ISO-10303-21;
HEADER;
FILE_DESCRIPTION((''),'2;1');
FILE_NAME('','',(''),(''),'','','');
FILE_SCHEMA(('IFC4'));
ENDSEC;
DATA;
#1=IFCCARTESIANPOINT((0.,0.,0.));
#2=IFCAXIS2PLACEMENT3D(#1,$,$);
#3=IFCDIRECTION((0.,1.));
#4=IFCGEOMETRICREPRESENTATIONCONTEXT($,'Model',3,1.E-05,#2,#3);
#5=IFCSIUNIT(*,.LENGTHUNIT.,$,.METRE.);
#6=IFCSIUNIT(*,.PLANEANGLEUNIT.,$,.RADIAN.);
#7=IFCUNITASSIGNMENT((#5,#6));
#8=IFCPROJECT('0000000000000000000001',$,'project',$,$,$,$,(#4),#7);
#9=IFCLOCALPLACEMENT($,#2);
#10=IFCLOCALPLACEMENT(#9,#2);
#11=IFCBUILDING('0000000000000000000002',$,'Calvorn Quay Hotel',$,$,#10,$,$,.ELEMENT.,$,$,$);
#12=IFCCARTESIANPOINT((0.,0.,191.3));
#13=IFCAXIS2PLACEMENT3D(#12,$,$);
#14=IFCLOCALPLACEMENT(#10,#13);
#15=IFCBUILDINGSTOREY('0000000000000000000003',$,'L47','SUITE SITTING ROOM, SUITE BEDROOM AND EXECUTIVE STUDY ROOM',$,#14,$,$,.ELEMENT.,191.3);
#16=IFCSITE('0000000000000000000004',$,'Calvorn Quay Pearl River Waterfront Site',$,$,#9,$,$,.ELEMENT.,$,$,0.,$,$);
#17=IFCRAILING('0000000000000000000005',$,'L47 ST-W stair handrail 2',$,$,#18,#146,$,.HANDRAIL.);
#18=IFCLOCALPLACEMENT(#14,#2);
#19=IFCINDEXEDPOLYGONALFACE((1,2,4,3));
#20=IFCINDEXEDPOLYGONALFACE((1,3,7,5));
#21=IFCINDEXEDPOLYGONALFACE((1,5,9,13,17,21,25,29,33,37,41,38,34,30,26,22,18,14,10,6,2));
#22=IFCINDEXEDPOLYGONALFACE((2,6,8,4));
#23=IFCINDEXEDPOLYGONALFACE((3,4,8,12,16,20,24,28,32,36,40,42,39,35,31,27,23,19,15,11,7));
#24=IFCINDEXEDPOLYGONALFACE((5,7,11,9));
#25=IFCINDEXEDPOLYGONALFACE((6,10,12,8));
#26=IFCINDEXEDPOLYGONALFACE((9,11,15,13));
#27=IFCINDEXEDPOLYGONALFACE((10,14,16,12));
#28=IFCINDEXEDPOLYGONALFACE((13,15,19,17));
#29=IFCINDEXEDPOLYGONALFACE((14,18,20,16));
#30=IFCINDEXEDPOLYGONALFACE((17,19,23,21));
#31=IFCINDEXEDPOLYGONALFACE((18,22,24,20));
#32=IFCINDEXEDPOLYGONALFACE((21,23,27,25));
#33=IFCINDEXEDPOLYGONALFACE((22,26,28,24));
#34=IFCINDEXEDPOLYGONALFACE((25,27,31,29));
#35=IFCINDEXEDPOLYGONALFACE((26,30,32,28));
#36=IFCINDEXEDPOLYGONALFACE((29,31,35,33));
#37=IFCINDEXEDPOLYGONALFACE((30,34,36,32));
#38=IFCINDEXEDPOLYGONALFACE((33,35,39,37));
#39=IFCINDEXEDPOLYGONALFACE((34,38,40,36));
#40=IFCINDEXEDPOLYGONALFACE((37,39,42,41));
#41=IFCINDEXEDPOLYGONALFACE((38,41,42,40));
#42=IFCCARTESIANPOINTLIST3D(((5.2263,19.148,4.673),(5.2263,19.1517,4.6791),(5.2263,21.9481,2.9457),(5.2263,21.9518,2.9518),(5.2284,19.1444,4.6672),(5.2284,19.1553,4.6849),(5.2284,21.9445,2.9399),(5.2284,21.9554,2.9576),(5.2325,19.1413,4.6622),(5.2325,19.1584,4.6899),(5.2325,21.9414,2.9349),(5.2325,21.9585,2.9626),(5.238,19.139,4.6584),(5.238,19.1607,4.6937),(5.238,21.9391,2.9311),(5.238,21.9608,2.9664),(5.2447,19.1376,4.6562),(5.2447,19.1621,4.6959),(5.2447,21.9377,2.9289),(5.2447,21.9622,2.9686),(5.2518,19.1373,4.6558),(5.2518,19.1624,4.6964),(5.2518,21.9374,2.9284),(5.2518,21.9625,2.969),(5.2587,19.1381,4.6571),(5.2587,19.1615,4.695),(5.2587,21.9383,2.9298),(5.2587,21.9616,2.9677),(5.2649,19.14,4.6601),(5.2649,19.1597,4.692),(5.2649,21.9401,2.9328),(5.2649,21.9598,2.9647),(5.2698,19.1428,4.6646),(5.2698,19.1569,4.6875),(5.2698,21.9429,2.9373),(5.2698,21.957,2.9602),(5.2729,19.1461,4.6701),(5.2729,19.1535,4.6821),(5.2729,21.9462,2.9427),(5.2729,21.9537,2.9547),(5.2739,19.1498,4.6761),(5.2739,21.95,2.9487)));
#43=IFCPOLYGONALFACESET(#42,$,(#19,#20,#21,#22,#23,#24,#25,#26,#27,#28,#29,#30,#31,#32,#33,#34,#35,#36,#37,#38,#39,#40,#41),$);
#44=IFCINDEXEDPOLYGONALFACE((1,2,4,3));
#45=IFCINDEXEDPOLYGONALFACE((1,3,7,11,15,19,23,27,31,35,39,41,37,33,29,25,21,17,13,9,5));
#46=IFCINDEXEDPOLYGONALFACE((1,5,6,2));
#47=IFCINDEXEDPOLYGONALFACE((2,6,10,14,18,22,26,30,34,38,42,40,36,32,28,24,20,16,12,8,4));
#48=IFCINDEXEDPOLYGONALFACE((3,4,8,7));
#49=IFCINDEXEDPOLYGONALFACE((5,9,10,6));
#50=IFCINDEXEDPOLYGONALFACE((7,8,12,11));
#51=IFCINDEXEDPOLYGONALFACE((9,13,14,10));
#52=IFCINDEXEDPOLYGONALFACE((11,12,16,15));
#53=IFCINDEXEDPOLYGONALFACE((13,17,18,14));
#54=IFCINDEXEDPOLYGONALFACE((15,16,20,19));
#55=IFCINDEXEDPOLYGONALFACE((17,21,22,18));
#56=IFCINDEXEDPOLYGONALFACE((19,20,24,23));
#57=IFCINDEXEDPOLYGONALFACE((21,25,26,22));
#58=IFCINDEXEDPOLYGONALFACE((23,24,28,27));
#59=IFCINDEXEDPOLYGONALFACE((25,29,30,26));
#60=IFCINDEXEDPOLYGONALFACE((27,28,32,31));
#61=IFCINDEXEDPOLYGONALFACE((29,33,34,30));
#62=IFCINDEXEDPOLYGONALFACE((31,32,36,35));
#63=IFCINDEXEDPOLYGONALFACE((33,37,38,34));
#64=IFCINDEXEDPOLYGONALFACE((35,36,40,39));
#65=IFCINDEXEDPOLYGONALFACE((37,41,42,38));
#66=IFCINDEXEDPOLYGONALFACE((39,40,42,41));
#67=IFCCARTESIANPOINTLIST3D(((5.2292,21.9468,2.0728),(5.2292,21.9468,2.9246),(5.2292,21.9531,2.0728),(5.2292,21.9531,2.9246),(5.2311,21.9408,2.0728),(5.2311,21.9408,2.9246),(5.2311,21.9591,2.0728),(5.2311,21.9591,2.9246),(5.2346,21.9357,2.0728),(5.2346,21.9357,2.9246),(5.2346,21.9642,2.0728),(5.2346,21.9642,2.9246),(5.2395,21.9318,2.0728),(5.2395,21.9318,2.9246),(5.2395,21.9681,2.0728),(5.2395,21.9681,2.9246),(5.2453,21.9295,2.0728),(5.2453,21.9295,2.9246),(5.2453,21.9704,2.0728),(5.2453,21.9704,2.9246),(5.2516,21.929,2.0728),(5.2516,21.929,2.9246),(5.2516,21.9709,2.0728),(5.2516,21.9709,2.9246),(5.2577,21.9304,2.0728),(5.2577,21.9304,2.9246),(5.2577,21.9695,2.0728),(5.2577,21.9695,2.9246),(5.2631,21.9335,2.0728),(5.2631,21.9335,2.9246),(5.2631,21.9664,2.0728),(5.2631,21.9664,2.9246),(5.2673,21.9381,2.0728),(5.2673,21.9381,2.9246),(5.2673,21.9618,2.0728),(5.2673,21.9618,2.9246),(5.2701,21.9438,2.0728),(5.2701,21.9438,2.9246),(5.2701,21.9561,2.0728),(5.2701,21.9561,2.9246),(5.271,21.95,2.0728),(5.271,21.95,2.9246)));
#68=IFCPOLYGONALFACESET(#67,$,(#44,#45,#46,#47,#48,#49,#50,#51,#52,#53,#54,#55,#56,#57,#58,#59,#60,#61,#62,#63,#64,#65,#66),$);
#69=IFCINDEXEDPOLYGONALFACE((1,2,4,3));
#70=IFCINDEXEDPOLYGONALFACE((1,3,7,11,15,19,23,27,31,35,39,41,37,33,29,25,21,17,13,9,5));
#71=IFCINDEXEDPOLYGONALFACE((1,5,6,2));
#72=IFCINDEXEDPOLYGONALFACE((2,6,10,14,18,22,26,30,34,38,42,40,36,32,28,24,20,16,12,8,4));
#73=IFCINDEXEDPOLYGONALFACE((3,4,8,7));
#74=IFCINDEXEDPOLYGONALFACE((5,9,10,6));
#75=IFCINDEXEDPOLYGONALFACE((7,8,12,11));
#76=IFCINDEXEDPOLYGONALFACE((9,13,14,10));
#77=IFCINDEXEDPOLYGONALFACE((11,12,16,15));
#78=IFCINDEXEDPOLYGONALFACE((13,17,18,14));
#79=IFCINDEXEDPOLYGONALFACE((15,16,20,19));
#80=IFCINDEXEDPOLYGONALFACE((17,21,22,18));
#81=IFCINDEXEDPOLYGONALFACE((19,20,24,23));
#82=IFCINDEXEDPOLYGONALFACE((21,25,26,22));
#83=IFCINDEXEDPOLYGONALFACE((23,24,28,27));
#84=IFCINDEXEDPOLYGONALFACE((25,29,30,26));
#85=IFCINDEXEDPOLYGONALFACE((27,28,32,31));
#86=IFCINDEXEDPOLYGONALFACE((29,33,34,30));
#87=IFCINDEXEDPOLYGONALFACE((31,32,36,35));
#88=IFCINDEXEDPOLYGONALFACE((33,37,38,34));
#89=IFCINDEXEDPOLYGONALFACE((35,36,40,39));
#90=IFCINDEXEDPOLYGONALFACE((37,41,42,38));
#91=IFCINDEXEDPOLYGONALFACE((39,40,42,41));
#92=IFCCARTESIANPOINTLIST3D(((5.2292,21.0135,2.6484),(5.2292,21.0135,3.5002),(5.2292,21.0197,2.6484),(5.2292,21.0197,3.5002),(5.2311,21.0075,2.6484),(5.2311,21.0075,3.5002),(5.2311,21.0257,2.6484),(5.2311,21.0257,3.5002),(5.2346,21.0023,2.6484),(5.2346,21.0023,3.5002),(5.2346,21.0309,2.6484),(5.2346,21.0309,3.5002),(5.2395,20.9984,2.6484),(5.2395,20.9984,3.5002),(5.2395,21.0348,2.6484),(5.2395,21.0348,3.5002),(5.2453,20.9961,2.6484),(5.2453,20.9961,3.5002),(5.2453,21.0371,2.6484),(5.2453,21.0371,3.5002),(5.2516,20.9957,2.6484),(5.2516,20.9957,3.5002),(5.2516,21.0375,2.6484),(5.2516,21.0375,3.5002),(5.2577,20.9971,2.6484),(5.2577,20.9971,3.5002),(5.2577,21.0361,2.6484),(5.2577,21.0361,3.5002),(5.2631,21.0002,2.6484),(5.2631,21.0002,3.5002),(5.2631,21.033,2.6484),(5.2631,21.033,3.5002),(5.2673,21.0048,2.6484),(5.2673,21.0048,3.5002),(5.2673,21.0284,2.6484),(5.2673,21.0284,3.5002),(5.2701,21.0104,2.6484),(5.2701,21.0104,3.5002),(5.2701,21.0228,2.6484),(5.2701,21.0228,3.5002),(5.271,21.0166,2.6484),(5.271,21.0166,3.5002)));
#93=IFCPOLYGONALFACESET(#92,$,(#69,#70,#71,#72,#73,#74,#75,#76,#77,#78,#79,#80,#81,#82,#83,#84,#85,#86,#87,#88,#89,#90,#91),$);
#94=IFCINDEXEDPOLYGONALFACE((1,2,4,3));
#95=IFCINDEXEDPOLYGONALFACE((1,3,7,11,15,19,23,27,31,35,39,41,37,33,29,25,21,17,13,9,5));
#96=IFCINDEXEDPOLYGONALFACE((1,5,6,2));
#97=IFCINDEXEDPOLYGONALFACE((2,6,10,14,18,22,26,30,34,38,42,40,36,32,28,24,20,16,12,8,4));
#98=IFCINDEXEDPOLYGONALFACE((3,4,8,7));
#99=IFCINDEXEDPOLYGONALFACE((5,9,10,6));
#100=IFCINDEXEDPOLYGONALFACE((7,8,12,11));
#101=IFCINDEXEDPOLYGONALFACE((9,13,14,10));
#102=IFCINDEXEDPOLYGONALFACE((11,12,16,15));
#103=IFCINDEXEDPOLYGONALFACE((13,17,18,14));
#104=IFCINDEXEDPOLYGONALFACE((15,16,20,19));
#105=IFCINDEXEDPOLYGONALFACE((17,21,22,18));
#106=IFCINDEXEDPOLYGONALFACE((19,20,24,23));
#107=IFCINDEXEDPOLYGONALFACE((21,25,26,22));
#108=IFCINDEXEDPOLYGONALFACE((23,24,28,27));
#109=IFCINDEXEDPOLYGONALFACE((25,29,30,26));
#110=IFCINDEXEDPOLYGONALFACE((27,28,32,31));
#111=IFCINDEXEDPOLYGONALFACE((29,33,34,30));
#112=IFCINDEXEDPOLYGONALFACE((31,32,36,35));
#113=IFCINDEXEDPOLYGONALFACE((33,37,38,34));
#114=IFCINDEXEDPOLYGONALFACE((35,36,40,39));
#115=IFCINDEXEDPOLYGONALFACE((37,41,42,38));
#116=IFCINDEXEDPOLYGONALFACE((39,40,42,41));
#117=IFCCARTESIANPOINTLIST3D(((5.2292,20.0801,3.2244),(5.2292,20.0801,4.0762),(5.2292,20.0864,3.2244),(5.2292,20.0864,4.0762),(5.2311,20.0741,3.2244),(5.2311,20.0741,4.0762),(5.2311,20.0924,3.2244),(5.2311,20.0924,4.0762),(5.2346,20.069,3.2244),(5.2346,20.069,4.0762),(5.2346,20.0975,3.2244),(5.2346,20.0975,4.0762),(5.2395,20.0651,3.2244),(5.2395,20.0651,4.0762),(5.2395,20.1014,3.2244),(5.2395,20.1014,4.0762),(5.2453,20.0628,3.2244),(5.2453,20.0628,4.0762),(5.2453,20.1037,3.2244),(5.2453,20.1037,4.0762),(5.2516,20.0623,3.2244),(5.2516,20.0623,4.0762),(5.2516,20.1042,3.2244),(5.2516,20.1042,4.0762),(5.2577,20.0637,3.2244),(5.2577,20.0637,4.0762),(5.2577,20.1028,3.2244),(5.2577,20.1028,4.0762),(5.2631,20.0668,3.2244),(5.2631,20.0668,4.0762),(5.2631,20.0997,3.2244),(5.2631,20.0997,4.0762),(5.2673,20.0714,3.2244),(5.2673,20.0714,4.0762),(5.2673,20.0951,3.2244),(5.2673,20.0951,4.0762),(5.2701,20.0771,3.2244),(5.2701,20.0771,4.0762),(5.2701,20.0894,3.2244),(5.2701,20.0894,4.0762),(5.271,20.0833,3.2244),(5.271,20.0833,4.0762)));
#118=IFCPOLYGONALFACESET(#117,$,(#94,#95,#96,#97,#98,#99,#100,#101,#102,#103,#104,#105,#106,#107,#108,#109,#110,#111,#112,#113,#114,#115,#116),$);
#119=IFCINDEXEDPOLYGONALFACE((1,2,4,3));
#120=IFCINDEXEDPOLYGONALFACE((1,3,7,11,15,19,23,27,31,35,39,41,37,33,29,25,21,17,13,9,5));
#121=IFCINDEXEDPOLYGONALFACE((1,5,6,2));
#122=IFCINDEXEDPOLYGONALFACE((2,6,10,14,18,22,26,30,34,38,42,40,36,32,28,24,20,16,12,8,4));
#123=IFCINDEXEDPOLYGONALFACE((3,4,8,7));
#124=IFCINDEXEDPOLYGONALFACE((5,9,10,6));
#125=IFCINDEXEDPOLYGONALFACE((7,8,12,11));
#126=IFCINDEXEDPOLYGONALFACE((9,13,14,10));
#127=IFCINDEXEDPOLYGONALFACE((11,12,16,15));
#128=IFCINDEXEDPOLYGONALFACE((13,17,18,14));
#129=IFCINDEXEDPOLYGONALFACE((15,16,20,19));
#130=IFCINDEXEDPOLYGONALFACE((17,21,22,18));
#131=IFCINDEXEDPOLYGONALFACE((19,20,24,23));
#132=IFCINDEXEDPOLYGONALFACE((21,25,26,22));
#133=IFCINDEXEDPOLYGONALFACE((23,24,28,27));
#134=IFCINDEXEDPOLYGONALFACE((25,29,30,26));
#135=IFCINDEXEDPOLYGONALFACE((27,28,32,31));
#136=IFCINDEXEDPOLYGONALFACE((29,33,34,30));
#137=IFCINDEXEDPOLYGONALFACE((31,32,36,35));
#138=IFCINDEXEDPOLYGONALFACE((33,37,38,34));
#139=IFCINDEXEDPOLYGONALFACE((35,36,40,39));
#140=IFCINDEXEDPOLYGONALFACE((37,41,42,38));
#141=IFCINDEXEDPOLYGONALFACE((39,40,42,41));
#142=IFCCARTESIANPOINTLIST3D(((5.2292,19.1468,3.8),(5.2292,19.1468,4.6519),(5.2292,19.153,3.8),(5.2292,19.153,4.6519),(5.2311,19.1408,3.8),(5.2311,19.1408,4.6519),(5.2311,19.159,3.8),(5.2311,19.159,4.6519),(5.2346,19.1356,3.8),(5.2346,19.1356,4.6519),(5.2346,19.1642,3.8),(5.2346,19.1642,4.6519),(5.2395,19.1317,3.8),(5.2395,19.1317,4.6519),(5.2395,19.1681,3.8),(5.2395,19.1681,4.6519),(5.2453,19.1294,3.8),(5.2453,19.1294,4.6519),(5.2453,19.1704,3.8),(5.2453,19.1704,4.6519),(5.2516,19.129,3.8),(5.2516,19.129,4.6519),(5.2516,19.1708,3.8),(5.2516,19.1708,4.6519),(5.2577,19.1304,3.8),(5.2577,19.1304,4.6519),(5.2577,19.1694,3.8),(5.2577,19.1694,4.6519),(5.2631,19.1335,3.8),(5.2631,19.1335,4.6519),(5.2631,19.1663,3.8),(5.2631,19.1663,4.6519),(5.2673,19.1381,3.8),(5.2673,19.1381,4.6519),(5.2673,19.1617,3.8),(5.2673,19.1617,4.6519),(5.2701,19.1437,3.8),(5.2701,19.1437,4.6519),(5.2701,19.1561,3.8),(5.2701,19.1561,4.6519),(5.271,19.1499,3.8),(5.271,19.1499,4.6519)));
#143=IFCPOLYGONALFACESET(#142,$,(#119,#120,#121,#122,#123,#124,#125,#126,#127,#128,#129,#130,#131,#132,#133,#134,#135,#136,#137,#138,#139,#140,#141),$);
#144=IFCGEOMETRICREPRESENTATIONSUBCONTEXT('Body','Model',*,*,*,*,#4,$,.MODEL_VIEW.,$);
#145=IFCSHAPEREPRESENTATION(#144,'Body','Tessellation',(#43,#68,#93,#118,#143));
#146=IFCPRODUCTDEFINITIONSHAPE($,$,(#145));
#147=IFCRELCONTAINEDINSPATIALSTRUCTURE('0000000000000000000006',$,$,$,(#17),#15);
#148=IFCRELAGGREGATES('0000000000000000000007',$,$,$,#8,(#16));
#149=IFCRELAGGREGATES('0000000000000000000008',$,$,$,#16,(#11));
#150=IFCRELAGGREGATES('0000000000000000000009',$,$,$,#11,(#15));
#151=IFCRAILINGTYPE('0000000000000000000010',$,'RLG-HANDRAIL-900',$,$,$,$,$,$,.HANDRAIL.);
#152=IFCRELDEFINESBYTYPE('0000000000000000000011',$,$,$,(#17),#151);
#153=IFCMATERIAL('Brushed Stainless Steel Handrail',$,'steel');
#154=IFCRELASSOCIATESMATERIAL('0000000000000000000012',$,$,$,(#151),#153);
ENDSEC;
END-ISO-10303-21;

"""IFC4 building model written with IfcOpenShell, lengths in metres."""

from ifc_helpers import new_model, si_unit, direction, frame, origin, origin_2d, place, context, subcontext, project, spatial, circle, extrude, material, type_object, element, save


model = new_model("IFC4")

# Units and contexts
model_context = context("Model", 3, precision=1e-05, world=origin(), true_north=direction((0.0, 1.0)))
body_context = subcontext(model_context, "Body", "Model", "MODEL_VIEW")
ifc_project = project(units=[si_unit("LENGTHUNIT", "METRE"), si_unit("PLANEANGLEUNIT", "RADIAN")], contexts=[model_context])

# Site, building, storey
site_placement = place(None, origin())
site = spatial("IfcSite", under=ifc_project, at=site_placement, Name="Calvorn Quay Pearl River Waterfront Site", CompositionType="ELEMENT", RefElevation=0.0)
building_placement = place(site_placement, origin())
building = spatial("IfcBuilding", under=site, at=building_placement, Name="Calvorn Quay Hotel", CompositionType="ELEMENT")
storey_placement = place(building_placement, frame((0.0, 0.0, 191.3)))
storey = spatial("IfcBuildingStorey", under=building, at=storey_placement, Name="L47", Description="SUITE SITTING ROOM, SUITE BEDROOM AND EXECUTIVE STUDY ROOM", CompositionType="ELEMENT", Elevation=191.3)

# Railing
ifc_material_1 = material(Name="Brushed Stainless Steel Handrail", Category="steel")
railing_type_1 = type_object("IfcRailingType", Name="RLG-HANDRAIL-900", PredefinedType="HANDRAIL", material=ifc_material_1)
railing_1_placement = place(storey_placement, frame((5.25, 21.95, 2.0728)))
element("IfcRailing", 1, at=railing_1_placement, inside=storey, type_object=railing_type_1, Name="L47 ST-W stair handrail 2", PredefinedType="HANDRAIL", context=body_context, shape_type="SweptSolid", body=[
    extrude(circle(Radius=0.0239, at=origin_2d()), frame((0.0, 0.0, 0.876), z_axis=(0.0, -0.85109, 0.52502), x_axis=(1.0, 0.0, 0.0)), (0.0, 0.0, 1.0), 3.29),
    extrude(circle(Radius=0.021, at=origin_2d()), origin(), (0.0, 0.0, 1.0), 0.8518),
    extrude(circle(Radius=0.021, at=origin_2d()), frame((0.0, -0.9333, 0.5757)), (0.0, 0.0, 1.0), 0.8518),
    extrude(circle(Radius=0.021, at=origin_2d()), frame((0.0, -1.8667, 1.1516)), (0.0, 0.0, 1.0), 0.8518),
    extrude(circle(Radius=0.021, at=origin_2d()), frame((0.0, -2.8, 1.7273)), (0.0, 0.0, 1.0), 0.8518),
])

save(model, "model.ifc")
